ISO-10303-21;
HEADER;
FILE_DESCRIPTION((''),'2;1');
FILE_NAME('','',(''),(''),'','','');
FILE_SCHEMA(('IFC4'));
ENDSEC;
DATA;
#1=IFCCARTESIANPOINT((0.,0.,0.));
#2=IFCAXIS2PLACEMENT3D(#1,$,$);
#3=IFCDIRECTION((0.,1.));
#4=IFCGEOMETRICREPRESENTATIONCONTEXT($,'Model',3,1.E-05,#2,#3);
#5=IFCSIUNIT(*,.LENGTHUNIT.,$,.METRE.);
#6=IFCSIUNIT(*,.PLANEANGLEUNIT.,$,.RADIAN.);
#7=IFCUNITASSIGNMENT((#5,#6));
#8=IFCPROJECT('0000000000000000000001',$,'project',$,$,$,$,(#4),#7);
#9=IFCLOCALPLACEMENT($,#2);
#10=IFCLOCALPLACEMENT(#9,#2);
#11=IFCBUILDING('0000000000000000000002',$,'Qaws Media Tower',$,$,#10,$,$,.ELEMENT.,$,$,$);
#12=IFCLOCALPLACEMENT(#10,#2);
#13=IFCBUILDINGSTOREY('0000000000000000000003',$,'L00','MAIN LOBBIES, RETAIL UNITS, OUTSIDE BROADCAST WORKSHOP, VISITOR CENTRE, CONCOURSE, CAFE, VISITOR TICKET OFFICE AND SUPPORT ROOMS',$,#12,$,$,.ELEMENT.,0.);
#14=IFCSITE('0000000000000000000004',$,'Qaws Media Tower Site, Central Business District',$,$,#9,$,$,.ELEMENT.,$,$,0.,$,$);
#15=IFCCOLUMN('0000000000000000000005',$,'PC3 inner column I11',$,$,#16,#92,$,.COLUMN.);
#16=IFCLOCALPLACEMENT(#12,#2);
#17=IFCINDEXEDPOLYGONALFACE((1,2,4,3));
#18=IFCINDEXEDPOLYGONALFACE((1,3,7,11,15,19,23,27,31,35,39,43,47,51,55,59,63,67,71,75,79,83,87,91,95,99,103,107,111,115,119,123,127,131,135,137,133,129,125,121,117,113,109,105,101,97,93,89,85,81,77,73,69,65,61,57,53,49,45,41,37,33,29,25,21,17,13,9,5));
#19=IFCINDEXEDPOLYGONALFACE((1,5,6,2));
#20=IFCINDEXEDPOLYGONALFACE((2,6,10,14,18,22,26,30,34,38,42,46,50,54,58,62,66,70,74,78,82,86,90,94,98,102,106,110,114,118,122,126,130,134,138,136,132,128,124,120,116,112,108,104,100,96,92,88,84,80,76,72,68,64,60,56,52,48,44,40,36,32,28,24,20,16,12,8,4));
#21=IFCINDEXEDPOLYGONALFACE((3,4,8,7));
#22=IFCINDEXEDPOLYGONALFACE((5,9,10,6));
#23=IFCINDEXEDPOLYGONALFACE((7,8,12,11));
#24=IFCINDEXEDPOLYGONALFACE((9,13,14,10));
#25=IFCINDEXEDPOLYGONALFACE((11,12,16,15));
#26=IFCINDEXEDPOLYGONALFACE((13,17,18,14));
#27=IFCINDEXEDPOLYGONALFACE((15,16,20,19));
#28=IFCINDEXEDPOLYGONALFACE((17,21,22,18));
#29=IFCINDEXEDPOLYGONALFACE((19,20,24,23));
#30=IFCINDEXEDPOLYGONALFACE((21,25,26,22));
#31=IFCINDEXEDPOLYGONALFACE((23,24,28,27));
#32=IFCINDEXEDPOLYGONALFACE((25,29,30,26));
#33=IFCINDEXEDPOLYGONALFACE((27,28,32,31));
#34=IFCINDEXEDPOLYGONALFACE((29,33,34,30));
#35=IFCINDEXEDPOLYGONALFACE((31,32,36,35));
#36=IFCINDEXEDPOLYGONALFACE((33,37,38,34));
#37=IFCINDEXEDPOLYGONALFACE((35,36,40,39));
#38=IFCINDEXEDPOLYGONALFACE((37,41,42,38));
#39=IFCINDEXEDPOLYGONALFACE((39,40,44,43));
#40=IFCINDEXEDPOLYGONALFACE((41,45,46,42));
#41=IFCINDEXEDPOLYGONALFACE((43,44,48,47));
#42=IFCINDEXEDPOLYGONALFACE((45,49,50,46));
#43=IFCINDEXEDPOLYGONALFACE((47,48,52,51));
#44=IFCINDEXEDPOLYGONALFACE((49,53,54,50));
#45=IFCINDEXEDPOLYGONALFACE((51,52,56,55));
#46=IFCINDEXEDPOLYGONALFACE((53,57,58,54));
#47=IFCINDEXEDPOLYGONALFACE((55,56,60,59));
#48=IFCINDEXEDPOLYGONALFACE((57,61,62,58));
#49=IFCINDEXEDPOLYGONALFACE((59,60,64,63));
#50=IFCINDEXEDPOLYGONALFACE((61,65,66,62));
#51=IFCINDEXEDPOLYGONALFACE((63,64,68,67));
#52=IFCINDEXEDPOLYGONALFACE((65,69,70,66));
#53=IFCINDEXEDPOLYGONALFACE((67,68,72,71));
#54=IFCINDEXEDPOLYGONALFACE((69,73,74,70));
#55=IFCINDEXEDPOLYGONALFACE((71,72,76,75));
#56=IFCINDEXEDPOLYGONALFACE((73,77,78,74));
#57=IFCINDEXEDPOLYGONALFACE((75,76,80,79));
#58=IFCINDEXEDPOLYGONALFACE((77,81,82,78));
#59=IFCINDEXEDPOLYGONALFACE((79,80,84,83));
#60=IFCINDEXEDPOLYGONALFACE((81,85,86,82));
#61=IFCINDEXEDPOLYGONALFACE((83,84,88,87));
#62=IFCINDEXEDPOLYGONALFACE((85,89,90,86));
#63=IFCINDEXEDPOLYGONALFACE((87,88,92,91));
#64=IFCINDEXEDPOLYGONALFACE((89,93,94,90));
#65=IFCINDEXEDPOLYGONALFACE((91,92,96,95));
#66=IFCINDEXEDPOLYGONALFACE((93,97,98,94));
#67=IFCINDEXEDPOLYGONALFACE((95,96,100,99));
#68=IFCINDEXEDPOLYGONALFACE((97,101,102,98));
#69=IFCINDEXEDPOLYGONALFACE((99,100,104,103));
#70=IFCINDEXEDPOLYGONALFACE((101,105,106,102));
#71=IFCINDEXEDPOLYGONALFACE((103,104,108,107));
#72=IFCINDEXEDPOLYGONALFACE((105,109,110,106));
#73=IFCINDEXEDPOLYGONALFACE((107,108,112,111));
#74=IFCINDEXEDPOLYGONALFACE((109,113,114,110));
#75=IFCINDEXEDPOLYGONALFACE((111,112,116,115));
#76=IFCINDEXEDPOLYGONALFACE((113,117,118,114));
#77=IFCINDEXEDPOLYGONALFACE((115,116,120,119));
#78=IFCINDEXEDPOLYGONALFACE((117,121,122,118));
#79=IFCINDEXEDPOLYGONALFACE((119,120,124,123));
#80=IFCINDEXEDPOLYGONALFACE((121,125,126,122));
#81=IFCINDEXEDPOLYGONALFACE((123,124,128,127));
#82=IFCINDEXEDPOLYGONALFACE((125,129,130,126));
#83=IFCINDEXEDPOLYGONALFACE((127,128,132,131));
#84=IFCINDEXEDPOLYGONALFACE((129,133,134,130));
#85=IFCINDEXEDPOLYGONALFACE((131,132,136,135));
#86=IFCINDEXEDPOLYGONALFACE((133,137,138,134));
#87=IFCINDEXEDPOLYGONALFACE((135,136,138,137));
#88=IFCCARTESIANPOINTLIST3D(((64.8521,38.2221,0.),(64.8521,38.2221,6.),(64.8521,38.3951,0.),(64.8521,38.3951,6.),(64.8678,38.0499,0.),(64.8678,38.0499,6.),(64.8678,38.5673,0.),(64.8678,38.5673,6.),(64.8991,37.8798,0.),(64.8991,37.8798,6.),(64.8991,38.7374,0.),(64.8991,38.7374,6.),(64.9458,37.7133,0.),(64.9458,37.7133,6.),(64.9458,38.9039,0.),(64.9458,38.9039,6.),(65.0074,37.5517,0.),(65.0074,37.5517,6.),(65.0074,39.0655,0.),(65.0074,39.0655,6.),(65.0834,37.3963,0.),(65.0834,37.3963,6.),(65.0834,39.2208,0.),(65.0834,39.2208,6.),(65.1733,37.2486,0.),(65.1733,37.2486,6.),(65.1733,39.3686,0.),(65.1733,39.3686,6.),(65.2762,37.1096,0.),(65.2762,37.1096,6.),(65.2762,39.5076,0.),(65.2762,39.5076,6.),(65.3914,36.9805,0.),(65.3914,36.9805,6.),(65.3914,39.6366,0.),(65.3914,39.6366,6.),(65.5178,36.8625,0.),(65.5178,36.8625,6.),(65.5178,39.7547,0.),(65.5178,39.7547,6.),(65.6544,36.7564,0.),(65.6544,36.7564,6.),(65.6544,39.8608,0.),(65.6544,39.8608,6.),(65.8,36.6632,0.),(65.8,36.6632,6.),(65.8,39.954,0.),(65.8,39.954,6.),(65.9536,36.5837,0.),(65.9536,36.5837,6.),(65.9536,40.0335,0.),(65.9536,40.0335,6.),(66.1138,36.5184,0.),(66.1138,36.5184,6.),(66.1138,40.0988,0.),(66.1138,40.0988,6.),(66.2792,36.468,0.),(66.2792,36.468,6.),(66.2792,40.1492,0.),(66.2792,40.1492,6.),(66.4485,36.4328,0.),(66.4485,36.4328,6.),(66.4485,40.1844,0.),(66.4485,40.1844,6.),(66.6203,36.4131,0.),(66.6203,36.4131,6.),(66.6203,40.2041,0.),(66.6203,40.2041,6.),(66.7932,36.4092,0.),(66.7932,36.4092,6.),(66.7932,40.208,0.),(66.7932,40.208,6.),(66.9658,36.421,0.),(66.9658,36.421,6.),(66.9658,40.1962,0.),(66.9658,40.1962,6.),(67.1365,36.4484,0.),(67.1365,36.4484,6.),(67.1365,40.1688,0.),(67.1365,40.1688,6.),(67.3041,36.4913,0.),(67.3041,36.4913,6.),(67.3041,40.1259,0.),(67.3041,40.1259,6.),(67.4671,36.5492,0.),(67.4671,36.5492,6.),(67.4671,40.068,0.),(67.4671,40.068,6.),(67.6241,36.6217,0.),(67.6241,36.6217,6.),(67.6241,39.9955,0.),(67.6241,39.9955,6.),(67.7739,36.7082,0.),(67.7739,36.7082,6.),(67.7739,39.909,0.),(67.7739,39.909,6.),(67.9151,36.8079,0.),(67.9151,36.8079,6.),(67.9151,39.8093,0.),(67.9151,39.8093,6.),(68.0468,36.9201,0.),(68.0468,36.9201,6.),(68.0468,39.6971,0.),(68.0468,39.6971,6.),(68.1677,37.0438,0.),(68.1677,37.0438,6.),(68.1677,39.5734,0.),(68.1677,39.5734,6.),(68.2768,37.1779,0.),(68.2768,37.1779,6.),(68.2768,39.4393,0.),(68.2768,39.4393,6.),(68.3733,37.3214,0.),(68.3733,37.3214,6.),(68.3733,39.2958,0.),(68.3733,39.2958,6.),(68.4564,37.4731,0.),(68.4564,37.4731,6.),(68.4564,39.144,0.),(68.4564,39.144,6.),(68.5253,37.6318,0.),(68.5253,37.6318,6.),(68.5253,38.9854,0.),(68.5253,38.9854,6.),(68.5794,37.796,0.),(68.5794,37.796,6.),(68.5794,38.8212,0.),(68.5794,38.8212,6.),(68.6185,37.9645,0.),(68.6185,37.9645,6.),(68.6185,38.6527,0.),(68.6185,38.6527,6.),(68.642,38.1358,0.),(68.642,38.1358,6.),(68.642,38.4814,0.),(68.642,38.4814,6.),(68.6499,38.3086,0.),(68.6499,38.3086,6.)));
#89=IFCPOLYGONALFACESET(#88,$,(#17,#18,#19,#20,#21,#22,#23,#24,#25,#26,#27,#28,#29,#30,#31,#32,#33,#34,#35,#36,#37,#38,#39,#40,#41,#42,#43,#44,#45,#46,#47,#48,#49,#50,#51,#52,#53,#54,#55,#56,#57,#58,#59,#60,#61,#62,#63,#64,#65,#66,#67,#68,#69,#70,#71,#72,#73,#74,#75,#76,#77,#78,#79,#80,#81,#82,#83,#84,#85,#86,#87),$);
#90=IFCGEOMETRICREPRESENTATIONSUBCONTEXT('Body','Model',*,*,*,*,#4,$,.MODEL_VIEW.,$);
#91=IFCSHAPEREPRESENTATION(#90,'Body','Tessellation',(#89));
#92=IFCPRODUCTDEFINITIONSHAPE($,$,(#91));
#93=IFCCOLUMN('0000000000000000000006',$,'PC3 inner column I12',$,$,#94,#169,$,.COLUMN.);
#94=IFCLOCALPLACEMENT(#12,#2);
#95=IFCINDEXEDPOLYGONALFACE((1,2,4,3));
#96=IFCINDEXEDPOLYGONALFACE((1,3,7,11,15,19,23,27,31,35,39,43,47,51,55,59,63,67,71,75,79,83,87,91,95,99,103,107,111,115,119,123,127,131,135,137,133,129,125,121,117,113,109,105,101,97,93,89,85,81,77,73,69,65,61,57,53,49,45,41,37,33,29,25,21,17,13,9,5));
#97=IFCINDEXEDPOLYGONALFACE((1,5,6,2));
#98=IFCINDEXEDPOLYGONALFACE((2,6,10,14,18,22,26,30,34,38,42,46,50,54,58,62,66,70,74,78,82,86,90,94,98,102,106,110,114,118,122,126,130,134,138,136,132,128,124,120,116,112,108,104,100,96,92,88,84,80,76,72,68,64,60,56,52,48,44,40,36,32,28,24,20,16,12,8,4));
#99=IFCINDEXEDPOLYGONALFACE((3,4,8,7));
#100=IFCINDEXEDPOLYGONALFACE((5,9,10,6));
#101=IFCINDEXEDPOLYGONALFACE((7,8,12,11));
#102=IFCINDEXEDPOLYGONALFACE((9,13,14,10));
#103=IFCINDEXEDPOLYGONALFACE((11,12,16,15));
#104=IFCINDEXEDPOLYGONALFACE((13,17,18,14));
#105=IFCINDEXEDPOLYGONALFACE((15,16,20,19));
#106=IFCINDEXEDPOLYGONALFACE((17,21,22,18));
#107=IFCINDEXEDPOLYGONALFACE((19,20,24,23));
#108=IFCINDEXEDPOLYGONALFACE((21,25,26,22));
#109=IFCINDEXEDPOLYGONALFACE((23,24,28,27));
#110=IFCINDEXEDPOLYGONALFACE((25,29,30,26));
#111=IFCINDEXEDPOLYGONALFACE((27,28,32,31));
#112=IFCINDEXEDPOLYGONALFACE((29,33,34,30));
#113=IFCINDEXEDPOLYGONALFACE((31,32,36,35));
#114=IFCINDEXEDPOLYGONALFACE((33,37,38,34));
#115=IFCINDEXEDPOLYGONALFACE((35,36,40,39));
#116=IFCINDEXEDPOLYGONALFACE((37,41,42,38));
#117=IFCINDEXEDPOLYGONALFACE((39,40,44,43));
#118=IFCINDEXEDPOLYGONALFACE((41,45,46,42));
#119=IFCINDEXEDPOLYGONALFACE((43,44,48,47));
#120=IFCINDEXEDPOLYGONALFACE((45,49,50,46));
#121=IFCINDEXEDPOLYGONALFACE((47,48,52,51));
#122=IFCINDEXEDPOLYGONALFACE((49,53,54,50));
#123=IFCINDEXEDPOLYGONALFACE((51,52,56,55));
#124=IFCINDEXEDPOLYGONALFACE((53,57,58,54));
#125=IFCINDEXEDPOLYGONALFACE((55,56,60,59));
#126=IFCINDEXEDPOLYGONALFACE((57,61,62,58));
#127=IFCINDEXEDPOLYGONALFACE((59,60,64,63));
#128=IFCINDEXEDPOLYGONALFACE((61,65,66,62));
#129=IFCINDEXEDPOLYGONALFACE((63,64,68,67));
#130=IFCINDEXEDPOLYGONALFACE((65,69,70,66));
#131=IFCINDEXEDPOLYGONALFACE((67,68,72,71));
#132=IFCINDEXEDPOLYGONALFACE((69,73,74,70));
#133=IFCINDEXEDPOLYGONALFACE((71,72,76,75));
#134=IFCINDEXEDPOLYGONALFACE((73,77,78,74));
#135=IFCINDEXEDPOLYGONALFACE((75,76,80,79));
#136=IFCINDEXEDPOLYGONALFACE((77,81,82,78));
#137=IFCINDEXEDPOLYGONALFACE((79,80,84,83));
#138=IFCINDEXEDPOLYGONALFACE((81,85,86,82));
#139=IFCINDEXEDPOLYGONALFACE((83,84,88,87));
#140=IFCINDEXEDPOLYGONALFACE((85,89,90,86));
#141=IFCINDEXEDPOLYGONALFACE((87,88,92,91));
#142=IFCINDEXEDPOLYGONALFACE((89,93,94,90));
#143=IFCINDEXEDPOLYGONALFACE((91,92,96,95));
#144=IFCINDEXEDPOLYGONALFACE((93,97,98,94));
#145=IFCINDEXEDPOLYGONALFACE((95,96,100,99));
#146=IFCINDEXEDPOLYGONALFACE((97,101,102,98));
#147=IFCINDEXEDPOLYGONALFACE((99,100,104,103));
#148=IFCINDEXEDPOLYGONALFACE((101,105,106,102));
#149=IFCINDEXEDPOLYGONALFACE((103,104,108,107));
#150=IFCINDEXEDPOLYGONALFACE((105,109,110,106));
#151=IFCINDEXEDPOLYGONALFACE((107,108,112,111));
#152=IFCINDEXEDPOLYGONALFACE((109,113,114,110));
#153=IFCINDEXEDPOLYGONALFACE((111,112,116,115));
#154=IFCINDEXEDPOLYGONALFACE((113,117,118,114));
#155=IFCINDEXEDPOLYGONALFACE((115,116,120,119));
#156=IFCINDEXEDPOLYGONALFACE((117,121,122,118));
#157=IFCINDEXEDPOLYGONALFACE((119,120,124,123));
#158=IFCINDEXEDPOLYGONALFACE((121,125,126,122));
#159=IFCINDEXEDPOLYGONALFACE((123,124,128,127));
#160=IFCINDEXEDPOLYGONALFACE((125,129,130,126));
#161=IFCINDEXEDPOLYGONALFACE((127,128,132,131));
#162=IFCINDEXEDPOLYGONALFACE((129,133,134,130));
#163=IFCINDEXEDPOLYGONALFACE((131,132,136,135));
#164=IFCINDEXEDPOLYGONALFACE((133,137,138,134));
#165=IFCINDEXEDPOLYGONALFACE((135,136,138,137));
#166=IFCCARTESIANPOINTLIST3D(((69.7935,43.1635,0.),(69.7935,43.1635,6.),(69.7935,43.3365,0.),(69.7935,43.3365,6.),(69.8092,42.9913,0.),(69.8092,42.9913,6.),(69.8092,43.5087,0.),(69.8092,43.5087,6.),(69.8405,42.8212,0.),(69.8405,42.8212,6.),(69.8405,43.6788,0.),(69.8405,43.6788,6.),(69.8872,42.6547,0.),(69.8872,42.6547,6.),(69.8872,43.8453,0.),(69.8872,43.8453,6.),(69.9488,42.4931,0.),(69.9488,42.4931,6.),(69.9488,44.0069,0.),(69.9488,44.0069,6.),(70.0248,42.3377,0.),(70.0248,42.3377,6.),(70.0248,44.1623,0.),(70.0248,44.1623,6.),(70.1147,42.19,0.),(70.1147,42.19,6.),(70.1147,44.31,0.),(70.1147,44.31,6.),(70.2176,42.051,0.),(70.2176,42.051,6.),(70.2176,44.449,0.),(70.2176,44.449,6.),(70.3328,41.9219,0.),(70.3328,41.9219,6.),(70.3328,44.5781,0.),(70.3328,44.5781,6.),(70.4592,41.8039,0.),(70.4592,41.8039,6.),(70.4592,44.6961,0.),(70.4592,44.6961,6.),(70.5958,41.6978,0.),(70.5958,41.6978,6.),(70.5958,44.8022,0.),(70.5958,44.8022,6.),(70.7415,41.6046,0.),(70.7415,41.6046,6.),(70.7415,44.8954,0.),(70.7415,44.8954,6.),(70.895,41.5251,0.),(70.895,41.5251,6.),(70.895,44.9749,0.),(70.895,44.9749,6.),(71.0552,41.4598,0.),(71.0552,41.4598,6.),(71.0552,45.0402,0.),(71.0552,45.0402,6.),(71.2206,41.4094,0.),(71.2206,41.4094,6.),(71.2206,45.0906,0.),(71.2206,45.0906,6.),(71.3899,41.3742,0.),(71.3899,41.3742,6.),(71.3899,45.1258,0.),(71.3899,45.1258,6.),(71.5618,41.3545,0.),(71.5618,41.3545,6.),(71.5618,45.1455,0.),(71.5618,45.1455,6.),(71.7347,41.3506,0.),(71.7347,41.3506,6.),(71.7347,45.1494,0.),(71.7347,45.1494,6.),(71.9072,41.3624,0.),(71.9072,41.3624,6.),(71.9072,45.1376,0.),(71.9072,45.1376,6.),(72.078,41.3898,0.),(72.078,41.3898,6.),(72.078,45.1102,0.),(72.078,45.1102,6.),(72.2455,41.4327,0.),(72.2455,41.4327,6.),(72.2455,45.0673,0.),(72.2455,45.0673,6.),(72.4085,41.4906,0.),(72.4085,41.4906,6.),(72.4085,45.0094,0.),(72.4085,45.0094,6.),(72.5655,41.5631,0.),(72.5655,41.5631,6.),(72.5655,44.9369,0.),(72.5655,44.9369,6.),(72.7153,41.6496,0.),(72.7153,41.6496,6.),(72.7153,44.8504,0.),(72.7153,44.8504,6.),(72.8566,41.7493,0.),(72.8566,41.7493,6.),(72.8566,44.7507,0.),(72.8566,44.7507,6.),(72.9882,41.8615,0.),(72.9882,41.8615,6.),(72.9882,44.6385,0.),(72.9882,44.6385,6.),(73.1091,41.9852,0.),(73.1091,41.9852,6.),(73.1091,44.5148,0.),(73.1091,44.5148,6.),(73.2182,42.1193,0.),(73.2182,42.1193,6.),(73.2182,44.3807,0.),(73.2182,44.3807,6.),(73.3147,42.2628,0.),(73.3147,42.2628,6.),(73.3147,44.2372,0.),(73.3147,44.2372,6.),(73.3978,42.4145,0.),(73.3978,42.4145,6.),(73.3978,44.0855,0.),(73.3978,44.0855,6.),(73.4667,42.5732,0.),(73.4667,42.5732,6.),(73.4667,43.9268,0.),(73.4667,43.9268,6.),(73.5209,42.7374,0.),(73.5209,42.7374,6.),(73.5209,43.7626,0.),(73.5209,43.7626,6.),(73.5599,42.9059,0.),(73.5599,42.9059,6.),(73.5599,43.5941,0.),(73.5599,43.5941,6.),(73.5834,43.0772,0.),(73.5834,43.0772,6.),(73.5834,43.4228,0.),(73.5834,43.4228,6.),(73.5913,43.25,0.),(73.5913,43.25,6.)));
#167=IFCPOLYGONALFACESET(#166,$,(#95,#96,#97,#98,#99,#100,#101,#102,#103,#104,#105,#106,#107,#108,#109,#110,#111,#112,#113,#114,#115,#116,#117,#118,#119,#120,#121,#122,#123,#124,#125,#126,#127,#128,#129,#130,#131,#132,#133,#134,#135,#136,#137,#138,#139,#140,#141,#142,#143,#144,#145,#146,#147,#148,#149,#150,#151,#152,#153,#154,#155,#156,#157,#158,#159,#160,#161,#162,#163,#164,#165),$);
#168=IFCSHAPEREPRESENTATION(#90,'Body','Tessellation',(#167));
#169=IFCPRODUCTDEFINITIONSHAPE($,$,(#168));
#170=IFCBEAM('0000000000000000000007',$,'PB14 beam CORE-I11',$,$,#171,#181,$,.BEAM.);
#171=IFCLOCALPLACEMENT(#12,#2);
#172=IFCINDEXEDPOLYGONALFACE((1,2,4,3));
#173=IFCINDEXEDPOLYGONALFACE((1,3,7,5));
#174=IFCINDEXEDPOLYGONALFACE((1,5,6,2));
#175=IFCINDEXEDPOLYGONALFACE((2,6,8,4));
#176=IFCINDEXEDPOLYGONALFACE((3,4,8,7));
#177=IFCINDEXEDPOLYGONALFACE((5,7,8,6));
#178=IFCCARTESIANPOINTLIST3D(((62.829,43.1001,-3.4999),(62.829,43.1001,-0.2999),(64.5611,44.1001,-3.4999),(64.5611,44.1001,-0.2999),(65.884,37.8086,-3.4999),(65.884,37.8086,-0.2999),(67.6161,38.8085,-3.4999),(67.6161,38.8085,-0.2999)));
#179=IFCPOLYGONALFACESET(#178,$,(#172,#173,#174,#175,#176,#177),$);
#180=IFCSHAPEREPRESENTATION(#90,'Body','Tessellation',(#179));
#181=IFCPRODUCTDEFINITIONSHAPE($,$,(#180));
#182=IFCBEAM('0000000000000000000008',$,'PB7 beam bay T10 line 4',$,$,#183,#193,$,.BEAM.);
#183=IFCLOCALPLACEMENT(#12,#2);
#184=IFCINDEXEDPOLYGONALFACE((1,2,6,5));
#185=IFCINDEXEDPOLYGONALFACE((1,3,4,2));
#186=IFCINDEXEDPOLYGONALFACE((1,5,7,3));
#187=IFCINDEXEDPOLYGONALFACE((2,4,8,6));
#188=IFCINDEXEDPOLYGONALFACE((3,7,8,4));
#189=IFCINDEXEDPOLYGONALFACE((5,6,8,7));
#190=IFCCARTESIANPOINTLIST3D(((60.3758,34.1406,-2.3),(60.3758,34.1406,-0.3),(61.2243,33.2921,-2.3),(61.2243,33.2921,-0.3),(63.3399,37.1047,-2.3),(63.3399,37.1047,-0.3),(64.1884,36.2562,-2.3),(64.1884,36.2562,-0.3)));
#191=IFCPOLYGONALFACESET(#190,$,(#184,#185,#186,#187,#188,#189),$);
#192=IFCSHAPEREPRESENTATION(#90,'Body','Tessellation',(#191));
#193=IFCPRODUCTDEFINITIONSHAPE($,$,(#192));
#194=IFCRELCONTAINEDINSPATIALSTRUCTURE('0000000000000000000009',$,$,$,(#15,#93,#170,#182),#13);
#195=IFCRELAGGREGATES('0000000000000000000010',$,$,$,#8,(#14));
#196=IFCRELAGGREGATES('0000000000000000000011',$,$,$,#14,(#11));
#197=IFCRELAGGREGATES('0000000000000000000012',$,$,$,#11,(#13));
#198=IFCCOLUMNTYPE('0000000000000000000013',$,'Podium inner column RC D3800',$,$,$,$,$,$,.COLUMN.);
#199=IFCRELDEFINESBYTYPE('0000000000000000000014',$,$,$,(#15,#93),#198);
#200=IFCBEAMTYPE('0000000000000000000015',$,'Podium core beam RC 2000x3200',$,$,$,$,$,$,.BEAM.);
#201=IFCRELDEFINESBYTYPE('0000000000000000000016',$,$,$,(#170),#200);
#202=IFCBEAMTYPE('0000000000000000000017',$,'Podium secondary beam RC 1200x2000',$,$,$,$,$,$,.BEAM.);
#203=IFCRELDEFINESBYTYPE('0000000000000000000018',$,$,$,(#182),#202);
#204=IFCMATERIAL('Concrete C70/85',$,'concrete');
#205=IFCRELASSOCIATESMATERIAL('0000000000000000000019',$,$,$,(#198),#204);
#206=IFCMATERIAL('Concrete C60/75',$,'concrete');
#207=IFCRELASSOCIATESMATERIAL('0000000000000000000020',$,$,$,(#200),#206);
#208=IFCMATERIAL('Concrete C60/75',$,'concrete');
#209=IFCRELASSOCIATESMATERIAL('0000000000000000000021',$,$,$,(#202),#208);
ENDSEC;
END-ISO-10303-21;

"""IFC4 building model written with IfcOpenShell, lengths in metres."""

from ifc_helpers import new_model, si_unit, direction, frame, origin, origin_2d, place, context, subcontext, project, spatial, rectangle, circle, extrude, material, material_profile, profile_set, type_object, element, save


model = new_model("IFC4")

# Units and contexts
model_context = context("Model", 3, precision=1e-05, world=origin(), true_north=direction((0.0, 1.0)))
body_context = subcontext(model_context, "Body", "Model", "MODEL_VIEW")
ifc_project = project(units=[si_unit("LENGTHUNIT", "METRE"), si_unit("PLANEANGLEUNIT", "RADIAN")], contexts=[model_context])

# Site, building, storey
site_placement = place(None, origin())
site = spatial("IfcSite", under=ifc_project, at=site_placement, Name="Qaws Media Tower Site, Central Business District", CompositionType="ELEMENT", RefElevation=0.0)
building_placement = place(site_placement, origin())
building = spatial("IfcBuilding", under=site, at=building_placement, Name="Qaws Media Tower", CompositionType="ELEMENT")
storey_placement = place(building_placement, origin())
storey = spatial("IfcBuildingStorey", under=building, at=storey_placement, Name="L00", Description="MAIN LOBBIES, RETAIL UNITS, OUTSIDE BROADCAST WORKSHOP, VISITOR CENTRE, CONCOURSE, CAFE, VISITOR TICKET OFFICE AND SUPPORT ROOMS", CompositionType="ELEMENT", Elevation=0.0)

# Columns
ifc_material_1 = material(Name="Concrete C70/85", Category="concrete")
ifc_material_profile_1 = material_profile(ifc_material_1, circle(Radius=1.8999, at=origin_2d()), Name="RC D3800")
ifc_profile_set_1 = profile_set([ifc_material_profile_1], Name="Concrete C70/85")
column_type = type_object("IfcColumnType", Name="Podium inner column RC D3800", PredefinedType="COLUMN", material=ifc_profile_set_1)
for number, where, z_axis, x_axis, name in (
    (1, (66.75, 38.3086, 0.0), (0.0, 0.0, 1.0), (1.0, 0.0, 0.0), "PC3 inner column I11"),
    (2, (71.6914, 43.25, 0.0), (0.0, 0.0, 1.0), (1.0, 0.0, 0.0), "PC3 inner column I12"),
):
    element("IfcColumn", number, at=place(storey_placement, frame(where, z_axis=z_axis, x_axis=x_axis)), inside=storey, type_object=column_type, Name=name, PredefinedType="COLUMN", context=body_context, shape_type="SweptSolid", body=[
        extrude(circle(Radius=1.8999, at=origin_2d()), origin(), (0.0, 0.0, 1.0), 6.0),
    ])

# Beams
ifc_material_2 = material(Name="Concrete C60/75", Category="concrete")
ifc_material_profile_2 = material_profile(ifc_material_2, rectangle(XDim=2.0, YDim=3.2, at=origin_2d()), Name="RC 2000x3200")
ifc_profile_set_2 = profile_set([ifc_material_profile_2], Name="Concrete C60/75")
beam_type_1 = type_object("IfcBeamType", Name="Podium core beam RC 2000x3200", PredefinedType="BEAM", material=ifc_profile_set_2)
beam_1_placement = place(storey_placement, frame((63.6951, 43.6001, -1.8999), z_axis=(0.499985, -0.866034, 0.0), x_axis=(0.866034, 0.499985, 0.0)))
element("IfcBeam", 3, at=beam_1_placement, inside=storey, type_object=beam_type_1, Name="PB14 beam CORE-I11", PredefinedType="BEAM", context=body_context, shape_type="SweptSolid", body=[
    extrude(rectangle(XDim=2.0, YDim=3.2, at=origin_2d()), origin(), (0.0, 0.0, 1.0), 6.1101),
])
ifc_material_3 = material(Name="Concrete C60/75", Category="concrete")
ifc_material_profile_3 = material_profile(ifc_material_3, rectangle(XDim=1.2, YDim=2.0, at=origin_2d()), Name="RC 1200x2000")
ifc_profile_set_3 = profile_set([ifc_material_profile_3], Name="Concrete C60/75")
beam_type_2 = type_object("IfcBeamType", Name="Podium secondary beam RC 1200x2000", PredefinedType="BEAM", material=ifc_profile_set_3)
beam_2_placement = place(storey_placement, frame((60.8, 33.7163, -1.3), z_axis=(0.707107, 0.707107, 0.0), x_axis=(-0.707107, 0.707107, 0.0)))
element("IfcBeam", 4, at=beam_2_placement, inside=storey, type_object=beam_type_2, Name="PB7 beam bay T10 line 4", PredefinedType="BEAM", context=body_context, shape_type="SweptSolid", body=[
    extrude(rectangle(XDim=1.2, YDim=2.0, at=origin_2d()), origin(), (0.0, 0.0, 1.0), 4.1919),
])

save(model, "model.ifc")
